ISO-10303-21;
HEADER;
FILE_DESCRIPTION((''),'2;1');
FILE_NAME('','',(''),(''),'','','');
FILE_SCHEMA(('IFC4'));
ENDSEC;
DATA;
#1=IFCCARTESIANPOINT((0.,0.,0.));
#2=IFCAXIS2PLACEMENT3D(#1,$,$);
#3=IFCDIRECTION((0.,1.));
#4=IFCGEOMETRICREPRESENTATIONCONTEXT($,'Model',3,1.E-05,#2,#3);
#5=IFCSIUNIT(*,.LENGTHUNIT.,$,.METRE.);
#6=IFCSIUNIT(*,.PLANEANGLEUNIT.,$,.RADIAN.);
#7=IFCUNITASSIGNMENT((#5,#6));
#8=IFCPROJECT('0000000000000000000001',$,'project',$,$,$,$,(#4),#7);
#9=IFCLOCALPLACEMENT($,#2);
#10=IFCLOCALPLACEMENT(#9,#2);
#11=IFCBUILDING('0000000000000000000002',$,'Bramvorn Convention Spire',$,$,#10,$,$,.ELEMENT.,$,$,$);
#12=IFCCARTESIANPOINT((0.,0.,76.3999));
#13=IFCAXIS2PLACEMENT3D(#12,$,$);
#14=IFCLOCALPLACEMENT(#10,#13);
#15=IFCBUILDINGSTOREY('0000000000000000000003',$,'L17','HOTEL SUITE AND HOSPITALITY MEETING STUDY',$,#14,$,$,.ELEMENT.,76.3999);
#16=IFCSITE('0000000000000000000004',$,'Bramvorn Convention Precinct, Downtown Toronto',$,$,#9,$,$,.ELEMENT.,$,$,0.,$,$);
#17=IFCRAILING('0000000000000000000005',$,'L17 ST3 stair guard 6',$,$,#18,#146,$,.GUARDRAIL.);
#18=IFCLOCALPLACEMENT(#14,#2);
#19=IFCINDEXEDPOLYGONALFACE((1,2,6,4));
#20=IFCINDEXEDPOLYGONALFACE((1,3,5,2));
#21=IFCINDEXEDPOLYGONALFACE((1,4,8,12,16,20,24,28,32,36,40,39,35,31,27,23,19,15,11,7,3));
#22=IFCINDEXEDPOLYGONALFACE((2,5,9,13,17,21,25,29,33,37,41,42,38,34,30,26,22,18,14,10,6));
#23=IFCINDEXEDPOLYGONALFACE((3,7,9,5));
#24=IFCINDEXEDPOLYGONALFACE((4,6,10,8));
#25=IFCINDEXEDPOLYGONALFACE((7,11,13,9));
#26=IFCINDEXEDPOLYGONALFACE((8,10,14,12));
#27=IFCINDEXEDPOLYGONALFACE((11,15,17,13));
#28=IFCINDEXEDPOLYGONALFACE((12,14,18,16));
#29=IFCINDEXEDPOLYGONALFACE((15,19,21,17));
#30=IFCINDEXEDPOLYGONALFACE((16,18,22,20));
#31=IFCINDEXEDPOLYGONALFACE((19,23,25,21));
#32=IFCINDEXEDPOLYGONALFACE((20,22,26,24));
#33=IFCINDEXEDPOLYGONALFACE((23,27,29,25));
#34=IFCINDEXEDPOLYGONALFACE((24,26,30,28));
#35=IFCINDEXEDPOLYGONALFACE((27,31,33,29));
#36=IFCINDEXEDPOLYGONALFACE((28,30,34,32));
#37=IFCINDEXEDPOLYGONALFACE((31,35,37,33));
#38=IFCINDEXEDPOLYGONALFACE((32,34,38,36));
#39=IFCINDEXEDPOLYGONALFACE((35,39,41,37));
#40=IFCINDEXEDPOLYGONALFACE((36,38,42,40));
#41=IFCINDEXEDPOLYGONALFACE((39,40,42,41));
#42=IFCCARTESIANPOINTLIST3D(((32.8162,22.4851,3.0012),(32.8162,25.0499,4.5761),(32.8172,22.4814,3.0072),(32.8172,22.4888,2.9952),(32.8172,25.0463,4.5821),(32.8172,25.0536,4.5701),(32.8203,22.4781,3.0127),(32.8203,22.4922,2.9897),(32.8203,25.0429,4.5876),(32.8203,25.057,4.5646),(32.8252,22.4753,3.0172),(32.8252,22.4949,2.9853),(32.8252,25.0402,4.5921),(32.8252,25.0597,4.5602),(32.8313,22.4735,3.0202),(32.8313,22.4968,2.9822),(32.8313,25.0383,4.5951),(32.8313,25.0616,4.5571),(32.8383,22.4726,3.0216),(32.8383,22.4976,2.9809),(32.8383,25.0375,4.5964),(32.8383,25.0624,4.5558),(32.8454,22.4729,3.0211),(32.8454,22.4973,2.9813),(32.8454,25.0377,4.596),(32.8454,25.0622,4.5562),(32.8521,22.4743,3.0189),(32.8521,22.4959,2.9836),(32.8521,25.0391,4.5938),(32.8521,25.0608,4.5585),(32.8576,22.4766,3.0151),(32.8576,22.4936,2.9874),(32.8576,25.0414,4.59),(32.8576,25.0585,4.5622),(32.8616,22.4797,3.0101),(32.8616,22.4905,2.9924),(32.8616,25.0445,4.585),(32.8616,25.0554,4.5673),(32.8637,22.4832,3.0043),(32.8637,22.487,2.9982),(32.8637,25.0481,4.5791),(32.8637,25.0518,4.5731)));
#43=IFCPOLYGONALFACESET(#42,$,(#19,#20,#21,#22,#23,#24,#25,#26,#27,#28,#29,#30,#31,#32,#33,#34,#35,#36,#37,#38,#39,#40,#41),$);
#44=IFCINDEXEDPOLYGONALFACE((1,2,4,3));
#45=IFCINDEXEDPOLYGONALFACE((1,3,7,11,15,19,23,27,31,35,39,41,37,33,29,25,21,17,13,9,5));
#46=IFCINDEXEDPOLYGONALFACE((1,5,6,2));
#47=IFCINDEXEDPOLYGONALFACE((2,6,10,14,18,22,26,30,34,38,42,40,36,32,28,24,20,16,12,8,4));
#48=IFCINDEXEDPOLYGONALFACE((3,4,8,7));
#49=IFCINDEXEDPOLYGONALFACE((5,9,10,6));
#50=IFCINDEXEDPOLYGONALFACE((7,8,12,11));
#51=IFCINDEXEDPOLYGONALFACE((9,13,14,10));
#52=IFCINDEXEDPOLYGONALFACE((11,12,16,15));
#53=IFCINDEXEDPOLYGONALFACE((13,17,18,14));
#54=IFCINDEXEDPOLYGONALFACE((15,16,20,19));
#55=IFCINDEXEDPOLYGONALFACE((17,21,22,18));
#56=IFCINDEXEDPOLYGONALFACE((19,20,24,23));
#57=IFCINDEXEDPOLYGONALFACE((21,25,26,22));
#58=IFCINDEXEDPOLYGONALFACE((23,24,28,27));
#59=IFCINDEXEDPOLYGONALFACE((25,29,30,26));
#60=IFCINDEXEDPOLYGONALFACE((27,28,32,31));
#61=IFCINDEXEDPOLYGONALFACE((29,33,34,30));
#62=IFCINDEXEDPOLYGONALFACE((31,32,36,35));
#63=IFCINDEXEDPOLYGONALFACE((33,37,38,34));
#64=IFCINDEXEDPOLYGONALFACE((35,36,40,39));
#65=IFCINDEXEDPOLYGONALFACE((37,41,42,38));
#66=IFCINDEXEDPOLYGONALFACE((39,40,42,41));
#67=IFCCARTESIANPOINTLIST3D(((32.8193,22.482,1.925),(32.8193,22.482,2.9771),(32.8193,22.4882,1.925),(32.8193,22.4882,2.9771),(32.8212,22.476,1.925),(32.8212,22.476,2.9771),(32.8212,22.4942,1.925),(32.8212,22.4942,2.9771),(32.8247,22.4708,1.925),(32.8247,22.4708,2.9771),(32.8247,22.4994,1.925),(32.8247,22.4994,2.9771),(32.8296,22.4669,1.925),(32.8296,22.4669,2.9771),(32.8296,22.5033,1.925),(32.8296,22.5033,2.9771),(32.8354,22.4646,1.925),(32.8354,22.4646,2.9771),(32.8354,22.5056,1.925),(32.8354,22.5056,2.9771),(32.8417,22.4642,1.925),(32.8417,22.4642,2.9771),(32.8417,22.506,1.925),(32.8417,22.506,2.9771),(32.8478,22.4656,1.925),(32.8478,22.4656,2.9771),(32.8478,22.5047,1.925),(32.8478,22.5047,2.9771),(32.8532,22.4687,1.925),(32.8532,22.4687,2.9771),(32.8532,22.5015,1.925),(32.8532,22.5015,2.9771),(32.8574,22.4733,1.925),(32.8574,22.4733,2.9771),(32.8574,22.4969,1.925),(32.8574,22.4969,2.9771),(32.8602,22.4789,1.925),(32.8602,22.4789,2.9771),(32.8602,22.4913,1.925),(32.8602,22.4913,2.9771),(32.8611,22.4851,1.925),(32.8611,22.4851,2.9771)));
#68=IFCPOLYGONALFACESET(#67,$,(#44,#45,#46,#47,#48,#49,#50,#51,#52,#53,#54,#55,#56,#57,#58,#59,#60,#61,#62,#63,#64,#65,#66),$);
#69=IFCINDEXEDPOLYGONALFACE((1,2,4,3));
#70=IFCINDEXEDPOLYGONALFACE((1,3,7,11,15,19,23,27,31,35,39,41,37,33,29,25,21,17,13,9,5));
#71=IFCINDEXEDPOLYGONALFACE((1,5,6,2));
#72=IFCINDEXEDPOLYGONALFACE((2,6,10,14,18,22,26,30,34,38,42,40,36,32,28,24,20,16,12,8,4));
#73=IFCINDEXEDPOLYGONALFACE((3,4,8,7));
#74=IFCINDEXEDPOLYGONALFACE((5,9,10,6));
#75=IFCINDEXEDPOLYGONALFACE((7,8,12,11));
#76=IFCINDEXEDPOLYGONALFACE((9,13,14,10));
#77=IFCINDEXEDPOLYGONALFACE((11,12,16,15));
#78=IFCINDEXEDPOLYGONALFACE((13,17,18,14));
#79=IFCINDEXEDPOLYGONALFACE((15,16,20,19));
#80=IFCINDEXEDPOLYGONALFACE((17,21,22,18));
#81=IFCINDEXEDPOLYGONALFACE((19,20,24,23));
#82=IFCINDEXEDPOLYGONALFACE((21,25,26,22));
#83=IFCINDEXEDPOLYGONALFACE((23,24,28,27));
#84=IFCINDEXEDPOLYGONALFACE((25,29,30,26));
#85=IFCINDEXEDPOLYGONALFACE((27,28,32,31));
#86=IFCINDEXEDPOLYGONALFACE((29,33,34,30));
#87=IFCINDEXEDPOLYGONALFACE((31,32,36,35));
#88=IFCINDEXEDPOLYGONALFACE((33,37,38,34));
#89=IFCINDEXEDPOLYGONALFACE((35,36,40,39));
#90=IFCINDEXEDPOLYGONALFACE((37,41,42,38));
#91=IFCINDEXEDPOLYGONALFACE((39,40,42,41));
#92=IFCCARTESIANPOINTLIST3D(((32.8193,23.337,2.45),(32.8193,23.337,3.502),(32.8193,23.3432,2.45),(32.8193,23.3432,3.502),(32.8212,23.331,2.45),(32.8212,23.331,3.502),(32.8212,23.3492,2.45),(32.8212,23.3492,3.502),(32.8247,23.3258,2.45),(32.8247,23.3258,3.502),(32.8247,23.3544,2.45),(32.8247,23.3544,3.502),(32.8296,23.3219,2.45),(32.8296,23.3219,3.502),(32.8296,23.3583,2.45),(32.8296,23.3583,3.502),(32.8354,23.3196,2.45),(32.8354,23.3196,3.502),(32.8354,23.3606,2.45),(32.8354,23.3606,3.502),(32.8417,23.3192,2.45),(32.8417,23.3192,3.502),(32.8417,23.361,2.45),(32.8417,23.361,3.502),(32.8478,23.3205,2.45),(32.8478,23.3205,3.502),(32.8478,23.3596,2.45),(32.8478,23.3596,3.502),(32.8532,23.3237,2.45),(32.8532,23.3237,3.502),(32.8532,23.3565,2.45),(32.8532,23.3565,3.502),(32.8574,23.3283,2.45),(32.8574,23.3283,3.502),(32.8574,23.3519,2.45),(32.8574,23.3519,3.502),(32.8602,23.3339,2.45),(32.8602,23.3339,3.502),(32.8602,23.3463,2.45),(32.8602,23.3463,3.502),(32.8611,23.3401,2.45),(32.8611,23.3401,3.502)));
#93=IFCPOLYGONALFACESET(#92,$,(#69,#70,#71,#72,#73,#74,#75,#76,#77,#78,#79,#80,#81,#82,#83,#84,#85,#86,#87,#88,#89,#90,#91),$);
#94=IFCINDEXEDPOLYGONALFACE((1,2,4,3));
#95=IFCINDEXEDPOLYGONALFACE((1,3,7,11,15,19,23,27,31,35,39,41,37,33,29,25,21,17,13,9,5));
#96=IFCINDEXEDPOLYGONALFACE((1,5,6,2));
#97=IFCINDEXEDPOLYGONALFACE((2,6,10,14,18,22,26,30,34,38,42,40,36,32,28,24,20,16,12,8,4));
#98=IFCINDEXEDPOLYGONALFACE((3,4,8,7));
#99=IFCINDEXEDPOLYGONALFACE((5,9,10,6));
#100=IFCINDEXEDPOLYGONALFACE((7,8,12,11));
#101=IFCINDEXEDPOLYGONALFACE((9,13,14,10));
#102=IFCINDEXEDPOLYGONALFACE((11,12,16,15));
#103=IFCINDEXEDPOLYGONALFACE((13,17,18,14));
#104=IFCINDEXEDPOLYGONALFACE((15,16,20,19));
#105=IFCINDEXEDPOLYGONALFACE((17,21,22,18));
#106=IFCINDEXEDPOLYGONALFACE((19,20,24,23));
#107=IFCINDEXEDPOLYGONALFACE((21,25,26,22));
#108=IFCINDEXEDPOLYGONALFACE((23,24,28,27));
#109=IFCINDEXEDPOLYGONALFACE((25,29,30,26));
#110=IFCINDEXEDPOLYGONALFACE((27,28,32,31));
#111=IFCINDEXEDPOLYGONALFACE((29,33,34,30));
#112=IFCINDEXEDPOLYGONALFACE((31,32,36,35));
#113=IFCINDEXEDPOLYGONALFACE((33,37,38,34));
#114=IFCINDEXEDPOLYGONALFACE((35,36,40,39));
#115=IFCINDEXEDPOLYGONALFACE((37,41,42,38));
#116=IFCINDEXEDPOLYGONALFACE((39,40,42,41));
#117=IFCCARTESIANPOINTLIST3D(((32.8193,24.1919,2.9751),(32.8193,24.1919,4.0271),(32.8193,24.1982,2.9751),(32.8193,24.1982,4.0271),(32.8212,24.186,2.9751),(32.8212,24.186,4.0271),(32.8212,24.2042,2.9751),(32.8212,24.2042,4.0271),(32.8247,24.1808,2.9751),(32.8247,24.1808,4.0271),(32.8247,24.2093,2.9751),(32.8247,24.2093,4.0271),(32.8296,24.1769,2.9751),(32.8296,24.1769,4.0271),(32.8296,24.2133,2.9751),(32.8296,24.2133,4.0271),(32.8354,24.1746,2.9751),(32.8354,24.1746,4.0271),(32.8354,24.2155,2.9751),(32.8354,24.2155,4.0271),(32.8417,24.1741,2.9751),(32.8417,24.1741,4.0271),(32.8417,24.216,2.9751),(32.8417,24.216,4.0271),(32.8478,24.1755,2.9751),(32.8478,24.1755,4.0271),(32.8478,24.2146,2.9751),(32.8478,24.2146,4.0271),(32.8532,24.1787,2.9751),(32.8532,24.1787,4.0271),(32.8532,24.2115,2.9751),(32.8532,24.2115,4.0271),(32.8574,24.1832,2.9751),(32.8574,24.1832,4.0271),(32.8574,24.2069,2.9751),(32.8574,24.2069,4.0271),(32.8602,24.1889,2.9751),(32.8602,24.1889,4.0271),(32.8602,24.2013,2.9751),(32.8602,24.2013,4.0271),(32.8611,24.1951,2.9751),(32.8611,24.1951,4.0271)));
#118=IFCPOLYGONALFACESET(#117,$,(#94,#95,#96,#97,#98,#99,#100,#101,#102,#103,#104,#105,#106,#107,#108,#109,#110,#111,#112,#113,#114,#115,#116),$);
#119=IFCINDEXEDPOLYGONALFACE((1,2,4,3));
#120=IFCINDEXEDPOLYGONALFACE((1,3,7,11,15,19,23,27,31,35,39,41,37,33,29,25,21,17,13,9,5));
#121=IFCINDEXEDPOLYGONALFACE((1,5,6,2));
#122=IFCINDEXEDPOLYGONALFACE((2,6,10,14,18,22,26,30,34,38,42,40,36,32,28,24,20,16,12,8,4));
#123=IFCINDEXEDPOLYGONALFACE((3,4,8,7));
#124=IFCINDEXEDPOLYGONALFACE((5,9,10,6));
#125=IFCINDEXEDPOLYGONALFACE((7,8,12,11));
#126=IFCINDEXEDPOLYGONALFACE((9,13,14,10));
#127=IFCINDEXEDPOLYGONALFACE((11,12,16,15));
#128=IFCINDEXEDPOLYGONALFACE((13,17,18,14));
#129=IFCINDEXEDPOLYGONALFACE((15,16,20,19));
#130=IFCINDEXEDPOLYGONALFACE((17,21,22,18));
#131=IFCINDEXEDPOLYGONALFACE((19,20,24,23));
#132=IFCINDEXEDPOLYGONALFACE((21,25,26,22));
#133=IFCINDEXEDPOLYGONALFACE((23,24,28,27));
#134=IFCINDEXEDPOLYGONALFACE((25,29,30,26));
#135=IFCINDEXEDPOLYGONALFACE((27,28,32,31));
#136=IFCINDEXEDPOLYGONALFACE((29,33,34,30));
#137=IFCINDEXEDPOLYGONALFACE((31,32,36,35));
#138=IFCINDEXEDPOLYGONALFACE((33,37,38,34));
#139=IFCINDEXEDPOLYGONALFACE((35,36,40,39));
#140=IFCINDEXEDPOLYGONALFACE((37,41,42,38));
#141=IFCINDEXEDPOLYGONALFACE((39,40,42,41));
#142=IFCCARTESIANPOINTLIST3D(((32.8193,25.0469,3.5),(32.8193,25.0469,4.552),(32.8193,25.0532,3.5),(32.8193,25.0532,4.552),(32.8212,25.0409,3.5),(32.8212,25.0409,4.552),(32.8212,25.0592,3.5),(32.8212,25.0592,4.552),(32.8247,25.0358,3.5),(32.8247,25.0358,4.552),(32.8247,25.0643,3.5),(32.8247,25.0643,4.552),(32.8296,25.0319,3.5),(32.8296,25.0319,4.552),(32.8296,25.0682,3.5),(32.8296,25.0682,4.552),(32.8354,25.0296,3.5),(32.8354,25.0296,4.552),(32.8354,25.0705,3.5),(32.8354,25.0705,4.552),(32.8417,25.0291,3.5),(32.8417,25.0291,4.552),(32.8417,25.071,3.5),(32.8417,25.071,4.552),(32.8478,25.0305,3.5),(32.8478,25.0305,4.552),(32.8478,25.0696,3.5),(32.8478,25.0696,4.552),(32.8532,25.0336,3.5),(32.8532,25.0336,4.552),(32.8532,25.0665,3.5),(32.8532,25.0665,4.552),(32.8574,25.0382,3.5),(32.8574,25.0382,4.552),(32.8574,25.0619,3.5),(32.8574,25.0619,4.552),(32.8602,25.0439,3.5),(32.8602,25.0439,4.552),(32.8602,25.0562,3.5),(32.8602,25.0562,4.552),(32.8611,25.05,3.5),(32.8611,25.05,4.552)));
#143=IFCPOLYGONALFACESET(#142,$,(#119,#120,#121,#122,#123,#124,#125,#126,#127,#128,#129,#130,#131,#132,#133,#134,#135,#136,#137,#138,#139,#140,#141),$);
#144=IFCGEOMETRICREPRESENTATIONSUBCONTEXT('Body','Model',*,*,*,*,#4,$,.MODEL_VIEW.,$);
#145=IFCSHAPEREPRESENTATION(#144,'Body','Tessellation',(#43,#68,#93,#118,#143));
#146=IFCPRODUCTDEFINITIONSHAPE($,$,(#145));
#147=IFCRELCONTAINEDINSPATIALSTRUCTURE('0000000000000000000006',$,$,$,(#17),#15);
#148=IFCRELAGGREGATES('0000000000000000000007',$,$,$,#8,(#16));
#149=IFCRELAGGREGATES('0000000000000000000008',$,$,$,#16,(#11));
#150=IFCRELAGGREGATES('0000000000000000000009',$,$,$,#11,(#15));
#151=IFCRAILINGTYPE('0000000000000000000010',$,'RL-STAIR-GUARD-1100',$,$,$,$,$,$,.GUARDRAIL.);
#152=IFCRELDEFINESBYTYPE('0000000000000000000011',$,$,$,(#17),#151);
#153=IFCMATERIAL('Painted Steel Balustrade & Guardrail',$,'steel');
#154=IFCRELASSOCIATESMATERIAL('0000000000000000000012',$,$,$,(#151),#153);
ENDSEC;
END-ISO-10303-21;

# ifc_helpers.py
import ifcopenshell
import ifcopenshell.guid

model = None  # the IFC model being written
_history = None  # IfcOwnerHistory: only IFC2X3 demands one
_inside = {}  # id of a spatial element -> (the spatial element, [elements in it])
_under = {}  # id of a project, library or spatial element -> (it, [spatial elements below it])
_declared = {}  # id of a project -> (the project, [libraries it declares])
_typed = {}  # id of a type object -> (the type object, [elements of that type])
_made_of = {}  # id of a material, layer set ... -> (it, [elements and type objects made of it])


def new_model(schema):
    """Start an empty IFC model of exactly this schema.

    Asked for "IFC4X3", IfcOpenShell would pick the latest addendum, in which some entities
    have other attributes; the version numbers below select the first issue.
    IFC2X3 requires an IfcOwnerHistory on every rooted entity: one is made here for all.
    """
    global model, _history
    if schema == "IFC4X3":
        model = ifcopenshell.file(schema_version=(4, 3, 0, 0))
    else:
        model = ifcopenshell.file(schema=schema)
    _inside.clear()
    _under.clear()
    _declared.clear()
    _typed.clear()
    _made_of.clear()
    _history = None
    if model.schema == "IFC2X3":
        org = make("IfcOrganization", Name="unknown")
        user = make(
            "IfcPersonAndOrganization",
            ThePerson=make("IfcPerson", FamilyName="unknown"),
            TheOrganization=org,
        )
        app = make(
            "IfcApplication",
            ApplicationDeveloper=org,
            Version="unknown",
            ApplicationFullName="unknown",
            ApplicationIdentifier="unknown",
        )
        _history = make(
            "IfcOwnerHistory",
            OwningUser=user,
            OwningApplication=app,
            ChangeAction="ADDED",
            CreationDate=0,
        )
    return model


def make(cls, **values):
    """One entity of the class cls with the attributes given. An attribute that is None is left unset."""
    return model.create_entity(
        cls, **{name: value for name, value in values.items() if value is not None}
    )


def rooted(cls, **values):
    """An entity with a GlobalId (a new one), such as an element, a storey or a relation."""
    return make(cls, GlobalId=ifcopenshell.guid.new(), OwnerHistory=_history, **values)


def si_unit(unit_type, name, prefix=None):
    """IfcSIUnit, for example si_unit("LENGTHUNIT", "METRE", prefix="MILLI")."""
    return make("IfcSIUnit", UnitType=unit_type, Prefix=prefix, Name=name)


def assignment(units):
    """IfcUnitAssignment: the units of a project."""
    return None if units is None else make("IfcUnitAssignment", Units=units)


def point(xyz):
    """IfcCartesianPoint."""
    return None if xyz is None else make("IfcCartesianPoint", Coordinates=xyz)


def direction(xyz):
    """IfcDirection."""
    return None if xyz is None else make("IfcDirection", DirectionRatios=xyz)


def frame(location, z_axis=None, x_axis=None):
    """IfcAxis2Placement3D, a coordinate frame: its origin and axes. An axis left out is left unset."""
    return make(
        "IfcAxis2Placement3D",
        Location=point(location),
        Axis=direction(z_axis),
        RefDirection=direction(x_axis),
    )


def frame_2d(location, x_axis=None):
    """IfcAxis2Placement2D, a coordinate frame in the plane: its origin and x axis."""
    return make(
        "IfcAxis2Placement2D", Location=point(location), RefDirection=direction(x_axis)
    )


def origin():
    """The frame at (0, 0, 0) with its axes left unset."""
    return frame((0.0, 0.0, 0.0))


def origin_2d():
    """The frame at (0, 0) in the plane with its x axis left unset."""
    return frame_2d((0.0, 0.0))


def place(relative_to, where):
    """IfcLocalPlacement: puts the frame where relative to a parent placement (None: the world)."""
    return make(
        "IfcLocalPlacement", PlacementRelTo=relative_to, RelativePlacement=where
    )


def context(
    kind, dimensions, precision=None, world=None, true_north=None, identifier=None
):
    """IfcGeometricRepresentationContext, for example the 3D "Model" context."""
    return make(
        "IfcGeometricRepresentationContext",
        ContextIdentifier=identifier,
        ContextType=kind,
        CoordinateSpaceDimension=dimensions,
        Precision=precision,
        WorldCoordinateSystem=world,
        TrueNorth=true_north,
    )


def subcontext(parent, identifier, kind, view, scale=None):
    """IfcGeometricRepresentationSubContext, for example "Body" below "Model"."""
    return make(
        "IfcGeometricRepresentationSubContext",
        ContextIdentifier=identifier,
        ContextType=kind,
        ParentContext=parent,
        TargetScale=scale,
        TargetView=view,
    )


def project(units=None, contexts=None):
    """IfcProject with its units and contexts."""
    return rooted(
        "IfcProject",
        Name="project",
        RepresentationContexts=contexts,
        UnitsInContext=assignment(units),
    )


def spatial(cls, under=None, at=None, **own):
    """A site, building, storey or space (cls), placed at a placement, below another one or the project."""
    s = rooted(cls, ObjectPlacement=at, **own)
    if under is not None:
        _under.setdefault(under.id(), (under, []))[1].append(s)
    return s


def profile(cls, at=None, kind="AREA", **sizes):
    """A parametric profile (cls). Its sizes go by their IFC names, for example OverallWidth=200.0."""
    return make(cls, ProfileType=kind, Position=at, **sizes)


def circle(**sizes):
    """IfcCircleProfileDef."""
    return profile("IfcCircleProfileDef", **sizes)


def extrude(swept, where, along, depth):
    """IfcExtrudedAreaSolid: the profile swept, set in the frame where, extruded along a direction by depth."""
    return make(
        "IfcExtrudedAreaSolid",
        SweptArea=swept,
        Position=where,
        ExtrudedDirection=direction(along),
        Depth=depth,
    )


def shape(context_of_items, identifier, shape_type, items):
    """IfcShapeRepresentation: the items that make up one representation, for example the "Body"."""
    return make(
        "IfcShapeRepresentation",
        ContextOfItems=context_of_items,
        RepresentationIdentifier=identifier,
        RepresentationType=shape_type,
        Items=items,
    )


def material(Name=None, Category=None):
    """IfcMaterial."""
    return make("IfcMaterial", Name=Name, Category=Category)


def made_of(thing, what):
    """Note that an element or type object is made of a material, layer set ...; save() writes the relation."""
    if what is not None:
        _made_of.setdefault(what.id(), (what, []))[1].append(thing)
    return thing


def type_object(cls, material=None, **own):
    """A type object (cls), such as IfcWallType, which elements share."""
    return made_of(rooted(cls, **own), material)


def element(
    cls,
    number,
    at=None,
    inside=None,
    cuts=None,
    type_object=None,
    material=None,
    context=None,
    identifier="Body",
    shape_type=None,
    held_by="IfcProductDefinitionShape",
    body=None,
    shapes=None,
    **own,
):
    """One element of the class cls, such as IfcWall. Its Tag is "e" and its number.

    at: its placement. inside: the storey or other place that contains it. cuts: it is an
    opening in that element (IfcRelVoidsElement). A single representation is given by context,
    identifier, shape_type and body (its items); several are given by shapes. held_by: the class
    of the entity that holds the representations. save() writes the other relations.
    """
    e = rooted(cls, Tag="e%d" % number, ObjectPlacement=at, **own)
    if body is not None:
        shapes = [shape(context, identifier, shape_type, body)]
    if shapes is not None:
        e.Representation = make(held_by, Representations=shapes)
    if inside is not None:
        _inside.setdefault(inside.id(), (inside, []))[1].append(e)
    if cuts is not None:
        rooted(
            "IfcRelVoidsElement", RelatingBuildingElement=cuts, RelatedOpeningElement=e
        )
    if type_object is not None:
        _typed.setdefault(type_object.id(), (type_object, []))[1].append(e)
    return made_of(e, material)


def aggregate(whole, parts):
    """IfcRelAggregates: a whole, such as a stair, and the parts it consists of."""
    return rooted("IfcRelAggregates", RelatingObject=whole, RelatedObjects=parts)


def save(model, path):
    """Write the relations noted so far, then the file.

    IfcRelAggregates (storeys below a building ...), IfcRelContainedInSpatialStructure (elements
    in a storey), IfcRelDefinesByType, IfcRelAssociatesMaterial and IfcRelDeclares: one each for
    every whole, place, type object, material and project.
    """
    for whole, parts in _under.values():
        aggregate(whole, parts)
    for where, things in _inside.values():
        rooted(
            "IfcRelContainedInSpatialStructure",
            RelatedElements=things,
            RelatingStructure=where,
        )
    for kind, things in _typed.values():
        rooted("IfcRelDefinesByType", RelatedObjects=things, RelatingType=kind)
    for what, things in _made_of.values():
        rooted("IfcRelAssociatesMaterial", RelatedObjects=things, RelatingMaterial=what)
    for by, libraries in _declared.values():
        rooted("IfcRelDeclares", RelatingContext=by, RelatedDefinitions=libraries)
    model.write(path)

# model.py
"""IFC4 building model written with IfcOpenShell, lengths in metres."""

from ifc_helpers import new_model, si_unit, direction, frame, origin, origin_2d, place, context, subcontext, project, spatial, circle, extrude, material, type_object, element, save


model = new_model("IFC4")

# Units and contexts
model_context = context("Model", 3, precision=1e-05, world=origin(), true_north=direction((0.0, 1.0)))
body_context = subcontext(model_context, "Body", "Model", "MODEL_VIEW")
ifc_project = project(units=[si_unit("LENGTHUNIT", "METRE"), si_unit("PLANEANGLEUNIT", "RADIAN")], contexts=[model_context])

# Site, building, storey
site_placement = place(None, origin())
site = spatial("IfcSite", under=ifc_project, at=site_placement, Name="Bramvorn Convention Precinct, Downtown Toronto", CompositionType="ELEMENT", RefElevation=0.0)
building_placement = place(site_placement, origin())
building = spatial("IfcBuilding", under=site, at=building_placement, Name="Bramvorn Convention Spire", CompositionType="ELEMENT")
storey_placement = place(building_placement, frame((0.0, 0.0, 76.3999)))
storey = spatial("IfcBuildingStorey", under=building, at=storey_placement, Name="L17", Description="HOTEL SUITE AND HOSPITALITY MEETING STUDY", CompositionType="ELEMENT", Elevation=76.3999)

# Railing
ifc_material_1 = material(Name="Painted Steel Balustrade & Guardrail", Category="steel")
railing_type_1 = type_object("IfcRailingType", Name="RL-STAIR-GUARD-1100", PredefinedType="GUARDRAIL", material=ifc_material_1)
railing_1_placement = place(storey_placement, frame((32.8401, 22.4851, 1.925)))
element("IfcRailing", 1, at=railing_1_placement, inside=storey, type_object=railing_type_1, Name="L17 ST3 stair guard 6", PredefinedType="GUARDRAIL", context=body_context, shape_type="SweptSolid", body=[
    extrude(circle(Radius=0.0239, at=origin_2d()), frame((0.0, 0.0, 1.0762), z_axis=(0.0, 0.852173, 0.52326), x_axis=(-1.0, 0.0, 0.0)), (0.0, 0.0, 1.0), 3.0098),
    extrude(circle(Radius=0.021, at=origin_2d()), origin(), (0.0, 0.0, 1.0), 1.052),
    extrude(circle(Radius=0.021, at=origin_2d()), frame((0.0, 0.855, 0.5249)), (0.0, 0.0, 1.0), 1.052),
    extrude(circle(Radius=0.021, at=origin_2d()), frame((0.0, 1.71, 1.05)), (0.0, 0.0, 1.0), 1.052),
    extrude(circle(Radius=0.021, at=origin_2d()), frame((0.0, 2.5649, 1.575)), (0.0, 0.0, 1.0), 1.052),
])

save(model, "model.ifc")
